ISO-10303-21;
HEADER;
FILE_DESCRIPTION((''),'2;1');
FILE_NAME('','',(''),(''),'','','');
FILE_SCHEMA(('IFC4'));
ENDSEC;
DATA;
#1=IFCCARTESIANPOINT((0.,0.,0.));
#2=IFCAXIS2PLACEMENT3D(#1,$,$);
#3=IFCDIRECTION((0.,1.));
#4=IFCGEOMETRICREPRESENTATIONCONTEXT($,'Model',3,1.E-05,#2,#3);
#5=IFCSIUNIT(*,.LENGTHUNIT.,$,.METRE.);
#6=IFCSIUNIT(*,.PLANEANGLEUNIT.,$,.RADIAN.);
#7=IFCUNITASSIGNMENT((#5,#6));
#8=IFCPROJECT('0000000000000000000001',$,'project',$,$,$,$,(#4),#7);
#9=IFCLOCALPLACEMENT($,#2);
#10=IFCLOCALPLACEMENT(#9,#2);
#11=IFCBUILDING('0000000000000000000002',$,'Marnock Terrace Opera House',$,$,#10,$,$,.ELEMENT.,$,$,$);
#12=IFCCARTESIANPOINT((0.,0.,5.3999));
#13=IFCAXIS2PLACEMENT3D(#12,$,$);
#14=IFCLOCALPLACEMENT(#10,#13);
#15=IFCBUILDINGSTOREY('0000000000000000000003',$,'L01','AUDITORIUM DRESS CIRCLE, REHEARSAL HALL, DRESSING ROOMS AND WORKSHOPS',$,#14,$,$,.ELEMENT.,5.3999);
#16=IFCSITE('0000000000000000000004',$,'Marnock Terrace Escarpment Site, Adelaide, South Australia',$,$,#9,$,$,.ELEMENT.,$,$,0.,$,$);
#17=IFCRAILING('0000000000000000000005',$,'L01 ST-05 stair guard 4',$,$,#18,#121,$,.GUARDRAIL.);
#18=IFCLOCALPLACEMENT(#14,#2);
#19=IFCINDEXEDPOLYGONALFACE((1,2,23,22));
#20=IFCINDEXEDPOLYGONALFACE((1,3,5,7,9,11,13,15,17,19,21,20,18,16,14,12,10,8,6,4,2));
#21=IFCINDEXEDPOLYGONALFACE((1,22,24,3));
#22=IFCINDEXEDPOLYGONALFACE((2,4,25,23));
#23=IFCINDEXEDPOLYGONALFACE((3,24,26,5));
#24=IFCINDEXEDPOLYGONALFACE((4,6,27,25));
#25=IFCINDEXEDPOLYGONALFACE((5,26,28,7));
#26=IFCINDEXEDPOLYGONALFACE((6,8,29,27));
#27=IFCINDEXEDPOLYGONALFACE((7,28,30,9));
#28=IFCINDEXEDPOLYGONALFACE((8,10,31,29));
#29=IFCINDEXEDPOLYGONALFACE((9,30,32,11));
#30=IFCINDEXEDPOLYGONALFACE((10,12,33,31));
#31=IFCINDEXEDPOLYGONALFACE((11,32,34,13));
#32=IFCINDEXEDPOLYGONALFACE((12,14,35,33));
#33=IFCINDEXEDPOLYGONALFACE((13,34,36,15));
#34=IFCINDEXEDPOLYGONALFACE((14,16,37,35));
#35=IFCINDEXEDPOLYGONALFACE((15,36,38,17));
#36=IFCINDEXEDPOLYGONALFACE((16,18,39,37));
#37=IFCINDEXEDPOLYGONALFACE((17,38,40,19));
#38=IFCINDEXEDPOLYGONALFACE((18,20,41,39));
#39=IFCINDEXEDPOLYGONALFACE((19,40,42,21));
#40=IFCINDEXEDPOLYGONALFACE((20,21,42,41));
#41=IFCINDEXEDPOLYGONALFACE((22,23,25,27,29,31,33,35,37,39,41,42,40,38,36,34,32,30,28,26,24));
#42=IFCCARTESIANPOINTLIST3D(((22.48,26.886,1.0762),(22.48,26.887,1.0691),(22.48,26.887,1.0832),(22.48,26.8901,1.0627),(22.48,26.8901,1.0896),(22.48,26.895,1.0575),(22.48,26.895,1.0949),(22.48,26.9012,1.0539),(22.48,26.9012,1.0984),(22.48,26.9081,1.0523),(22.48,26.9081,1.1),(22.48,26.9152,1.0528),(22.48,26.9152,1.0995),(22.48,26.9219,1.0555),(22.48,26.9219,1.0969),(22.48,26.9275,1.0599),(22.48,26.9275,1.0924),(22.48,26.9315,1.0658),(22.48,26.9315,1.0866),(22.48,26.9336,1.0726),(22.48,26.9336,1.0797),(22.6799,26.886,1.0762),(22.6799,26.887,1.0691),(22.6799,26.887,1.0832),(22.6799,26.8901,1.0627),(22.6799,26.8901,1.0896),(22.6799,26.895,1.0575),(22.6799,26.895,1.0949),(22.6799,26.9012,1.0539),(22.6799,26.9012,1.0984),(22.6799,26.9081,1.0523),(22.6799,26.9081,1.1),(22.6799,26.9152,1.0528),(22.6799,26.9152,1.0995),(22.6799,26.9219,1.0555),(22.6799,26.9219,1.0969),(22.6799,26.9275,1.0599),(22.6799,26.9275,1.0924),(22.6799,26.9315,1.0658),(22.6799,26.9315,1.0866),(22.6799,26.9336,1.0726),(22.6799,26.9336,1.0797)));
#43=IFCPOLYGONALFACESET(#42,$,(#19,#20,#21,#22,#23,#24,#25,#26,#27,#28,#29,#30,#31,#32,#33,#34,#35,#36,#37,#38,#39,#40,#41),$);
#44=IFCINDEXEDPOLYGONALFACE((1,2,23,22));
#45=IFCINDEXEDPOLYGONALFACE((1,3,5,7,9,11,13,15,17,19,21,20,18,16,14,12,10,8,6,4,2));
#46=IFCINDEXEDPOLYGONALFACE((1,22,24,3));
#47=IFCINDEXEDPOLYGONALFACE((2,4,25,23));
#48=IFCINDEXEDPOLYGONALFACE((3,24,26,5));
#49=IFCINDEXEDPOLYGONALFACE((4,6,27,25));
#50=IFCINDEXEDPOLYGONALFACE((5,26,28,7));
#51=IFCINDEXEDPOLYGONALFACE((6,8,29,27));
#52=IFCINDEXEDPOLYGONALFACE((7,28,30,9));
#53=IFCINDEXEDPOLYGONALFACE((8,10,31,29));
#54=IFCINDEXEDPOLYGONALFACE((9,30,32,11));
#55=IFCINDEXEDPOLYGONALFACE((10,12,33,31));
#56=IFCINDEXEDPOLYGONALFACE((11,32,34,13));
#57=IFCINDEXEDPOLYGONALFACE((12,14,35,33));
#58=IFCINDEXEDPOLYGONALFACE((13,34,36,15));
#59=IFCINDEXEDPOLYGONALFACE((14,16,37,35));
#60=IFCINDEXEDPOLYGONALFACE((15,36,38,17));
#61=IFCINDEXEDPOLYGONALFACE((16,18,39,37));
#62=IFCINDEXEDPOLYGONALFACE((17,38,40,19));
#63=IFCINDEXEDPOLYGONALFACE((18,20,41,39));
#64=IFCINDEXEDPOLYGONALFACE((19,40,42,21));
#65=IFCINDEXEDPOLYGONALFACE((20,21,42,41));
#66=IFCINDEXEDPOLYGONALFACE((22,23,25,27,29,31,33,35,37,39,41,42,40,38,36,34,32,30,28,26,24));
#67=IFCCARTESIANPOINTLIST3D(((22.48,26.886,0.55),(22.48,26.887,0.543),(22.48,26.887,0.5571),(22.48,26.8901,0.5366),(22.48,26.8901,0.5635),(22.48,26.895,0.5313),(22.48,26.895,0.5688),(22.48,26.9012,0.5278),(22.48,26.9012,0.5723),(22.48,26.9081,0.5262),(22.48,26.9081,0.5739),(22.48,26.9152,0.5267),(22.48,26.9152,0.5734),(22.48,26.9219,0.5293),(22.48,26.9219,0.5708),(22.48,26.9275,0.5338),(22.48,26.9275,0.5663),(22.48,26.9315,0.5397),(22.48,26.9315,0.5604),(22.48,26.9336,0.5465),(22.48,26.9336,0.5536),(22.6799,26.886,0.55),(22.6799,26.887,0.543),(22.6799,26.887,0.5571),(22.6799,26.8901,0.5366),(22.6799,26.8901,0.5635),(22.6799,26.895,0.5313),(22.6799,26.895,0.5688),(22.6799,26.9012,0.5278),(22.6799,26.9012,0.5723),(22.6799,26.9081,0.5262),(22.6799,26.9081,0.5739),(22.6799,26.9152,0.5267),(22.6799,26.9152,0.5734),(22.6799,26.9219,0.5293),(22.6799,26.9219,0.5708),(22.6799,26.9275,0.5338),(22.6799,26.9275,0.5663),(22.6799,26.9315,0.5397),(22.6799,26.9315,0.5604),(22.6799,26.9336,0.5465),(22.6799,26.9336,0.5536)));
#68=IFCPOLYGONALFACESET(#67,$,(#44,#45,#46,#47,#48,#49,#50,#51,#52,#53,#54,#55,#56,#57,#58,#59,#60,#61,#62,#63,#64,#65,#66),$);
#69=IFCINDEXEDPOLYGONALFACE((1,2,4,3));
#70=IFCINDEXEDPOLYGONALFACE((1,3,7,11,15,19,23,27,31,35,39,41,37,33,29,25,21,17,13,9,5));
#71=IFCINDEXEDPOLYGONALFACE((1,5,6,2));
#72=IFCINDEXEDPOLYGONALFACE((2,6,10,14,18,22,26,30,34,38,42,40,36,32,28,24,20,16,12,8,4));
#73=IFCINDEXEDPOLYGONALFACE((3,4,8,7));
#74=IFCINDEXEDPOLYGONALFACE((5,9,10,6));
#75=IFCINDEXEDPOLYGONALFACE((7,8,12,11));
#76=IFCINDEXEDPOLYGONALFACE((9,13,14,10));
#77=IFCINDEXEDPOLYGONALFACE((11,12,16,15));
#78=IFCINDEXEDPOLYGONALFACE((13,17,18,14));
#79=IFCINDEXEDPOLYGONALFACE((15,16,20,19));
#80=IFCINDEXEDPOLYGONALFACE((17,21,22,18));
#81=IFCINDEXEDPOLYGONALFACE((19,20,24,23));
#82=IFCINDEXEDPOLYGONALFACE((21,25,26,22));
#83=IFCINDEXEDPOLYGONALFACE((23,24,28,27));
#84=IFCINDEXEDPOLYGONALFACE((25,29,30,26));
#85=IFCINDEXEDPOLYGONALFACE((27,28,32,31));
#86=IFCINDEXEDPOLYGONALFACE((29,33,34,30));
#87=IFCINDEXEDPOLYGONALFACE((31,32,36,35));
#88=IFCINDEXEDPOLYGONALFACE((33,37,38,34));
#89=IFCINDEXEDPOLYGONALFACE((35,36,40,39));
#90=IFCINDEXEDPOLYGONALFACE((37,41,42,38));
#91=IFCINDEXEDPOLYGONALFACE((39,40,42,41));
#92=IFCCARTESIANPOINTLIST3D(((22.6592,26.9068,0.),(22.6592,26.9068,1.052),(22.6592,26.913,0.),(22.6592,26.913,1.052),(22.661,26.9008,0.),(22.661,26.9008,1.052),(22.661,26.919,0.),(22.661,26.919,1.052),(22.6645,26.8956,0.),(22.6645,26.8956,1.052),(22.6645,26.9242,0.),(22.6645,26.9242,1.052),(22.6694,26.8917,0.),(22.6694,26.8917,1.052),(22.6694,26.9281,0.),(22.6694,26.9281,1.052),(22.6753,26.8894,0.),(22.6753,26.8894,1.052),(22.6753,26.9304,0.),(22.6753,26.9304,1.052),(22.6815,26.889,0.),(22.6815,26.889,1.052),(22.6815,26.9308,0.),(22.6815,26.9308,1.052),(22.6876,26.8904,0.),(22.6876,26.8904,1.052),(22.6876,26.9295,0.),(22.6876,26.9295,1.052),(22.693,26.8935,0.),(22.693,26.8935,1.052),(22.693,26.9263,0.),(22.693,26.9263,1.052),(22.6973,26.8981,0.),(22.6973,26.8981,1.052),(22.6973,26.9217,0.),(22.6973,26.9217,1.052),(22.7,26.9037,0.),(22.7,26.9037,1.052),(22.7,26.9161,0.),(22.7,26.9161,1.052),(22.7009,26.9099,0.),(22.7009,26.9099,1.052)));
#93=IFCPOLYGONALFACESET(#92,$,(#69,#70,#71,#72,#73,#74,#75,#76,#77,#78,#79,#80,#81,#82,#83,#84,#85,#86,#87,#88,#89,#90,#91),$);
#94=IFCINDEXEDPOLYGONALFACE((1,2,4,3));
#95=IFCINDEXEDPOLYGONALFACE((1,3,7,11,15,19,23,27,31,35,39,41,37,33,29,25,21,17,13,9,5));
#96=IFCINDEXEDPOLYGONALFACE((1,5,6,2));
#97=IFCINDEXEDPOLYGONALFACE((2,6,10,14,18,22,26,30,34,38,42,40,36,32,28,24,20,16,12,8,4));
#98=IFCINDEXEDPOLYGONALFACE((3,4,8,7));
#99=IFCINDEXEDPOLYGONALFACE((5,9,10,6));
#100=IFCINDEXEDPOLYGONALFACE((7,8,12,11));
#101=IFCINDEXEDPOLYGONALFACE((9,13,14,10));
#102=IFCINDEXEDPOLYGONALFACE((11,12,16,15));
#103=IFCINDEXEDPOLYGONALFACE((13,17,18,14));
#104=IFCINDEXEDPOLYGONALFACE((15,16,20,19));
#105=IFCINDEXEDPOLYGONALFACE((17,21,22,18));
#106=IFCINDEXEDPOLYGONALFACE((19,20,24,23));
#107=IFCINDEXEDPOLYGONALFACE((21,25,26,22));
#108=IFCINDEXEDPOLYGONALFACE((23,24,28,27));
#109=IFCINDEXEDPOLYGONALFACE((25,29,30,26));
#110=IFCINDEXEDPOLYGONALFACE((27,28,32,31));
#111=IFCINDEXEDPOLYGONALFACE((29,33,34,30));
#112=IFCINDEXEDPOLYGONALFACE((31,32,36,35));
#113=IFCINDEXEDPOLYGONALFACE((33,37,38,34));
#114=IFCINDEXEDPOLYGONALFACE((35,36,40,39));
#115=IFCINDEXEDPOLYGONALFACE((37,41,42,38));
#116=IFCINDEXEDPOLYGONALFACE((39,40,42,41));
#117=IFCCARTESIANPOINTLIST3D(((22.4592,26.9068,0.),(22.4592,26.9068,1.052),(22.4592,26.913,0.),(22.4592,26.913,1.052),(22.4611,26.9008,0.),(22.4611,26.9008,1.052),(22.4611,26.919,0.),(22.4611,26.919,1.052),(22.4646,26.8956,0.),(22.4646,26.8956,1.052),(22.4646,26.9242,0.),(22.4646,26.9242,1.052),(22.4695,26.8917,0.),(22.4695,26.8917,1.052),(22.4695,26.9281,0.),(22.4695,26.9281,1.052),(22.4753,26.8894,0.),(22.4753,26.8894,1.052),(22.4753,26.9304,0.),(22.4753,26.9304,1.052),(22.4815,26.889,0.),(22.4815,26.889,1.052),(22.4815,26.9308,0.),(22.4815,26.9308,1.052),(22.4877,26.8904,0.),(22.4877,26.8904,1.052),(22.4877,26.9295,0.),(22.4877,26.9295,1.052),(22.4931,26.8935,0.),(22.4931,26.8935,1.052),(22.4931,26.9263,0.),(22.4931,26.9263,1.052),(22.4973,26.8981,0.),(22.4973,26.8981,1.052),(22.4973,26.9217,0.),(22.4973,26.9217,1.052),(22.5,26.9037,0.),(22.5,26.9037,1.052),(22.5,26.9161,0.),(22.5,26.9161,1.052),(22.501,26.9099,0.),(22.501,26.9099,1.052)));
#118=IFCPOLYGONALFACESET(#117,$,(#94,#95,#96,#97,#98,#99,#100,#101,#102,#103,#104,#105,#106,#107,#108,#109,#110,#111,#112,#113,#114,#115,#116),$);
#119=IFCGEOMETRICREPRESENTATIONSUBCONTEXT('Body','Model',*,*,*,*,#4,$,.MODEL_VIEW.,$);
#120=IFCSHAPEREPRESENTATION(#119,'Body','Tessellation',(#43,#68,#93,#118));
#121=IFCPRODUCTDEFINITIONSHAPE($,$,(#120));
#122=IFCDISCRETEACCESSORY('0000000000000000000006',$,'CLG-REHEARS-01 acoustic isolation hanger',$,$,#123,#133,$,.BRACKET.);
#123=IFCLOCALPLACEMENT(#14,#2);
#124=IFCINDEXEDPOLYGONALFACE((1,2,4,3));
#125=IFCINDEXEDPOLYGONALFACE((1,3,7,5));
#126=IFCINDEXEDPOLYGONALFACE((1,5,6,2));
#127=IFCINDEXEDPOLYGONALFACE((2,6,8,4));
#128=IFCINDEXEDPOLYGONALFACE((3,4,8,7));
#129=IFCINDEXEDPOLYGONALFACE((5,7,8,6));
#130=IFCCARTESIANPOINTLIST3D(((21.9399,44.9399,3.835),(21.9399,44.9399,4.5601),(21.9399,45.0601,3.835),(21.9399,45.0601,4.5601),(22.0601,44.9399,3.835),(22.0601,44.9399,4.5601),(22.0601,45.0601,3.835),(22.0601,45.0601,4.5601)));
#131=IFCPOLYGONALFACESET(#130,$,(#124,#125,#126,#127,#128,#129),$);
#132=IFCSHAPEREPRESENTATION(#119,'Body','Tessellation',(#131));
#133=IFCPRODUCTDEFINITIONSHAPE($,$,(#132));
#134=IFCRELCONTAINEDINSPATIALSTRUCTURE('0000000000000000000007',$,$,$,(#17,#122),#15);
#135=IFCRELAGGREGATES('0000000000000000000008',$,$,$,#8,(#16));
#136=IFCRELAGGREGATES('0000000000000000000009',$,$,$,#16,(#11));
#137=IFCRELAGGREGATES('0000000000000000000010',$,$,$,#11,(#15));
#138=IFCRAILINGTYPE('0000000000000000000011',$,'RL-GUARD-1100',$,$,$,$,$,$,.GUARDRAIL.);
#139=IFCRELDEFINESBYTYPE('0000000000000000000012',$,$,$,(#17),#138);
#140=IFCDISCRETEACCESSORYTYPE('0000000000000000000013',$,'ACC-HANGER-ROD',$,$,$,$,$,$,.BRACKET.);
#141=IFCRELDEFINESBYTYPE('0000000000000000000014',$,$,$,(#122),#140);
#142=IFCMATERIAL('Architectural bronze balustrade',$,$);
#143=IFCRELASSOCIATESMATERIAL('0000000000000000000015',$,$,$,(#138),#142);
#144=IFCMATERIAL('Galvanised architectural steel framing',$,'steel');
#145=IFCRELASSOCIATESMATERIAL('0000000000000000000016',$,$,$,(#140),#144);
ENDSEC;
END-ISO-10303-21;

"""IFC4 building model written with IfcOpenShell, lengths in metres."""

from ifc_helpers import new_model, si_unit, direction, frame, origin, origin_2d, place, context, subcontext, project, spatial, rectangle, circle, extrude, material, type_object, element, save


model = new_model("IFC4")

# Units and contexts
model_context = context("Model", 3, precision=1e-05, world=origin(), true_north=direction((0.0, 1.0)))
body_context = subcontext(model_context, "Body", "Model", "MODEL_VIEW")
ifc_project = project(units=[si_unit("LENGTHUNIT", "METRE"), si_unit("PLANEANGLEUNIT", "RADIAN")], contexts=[model_context])

# Site, building, storey
site_placement = place(None, origin())
site = spatial("IfcSite", under=ifc_project, at=site_placement, Name="Marnock Terrace Escarpment Site, Adelaide, South Australia", CompositionType="ELEMENT", RefElevation=0.0)
building_placement = place(site_placement, origin())
building = spatial("IfcBuilding", under=site, at=building_placement, Name="Marnock Terrace Opera House", CompositionType="ELEMENT")
storey_placement = place(building_placement, frame((0.0, 0.0, 5.3999)))
storey = spatial("IfcBuildingStorey", under=building, at=storey_placement, Name="L01", Description="AUDITORIUM DRESS CIRCLE, REHEARSAL HALL, DRESSING ROOMS AND WORKSHOPS", CompositionType="ELEMENT", Elevation=5.3999)

# Railing
ifc_material_1 = material(Name="Architectural bronze balustrade")
railing_type_1 = type_object("IfcRailingType", Name="RL-GUARD-1100", PredefinedType="GUARDRAIL", material=ifc_material_1)
railing_1_placement = place(storey_placement, frame((22.6799, 26.9099, 0.0)))
element("IfcRailing", 1, at=railing_1_placement, inside=storey, type_object=railing_type_1, Name="L01 ST-05 stair guard 4", PredefinedType="GUARDRAIL", context=body_context, shape_type="SweptSolid", body=[
    extrude(circle(Radius=0.0239, at=origin_2d()), frame((0.0, 0.0, 1.0762), z_axis=(-1.0, 0.0, 0.0), x_axis=(0.0, -1.0, 0.0)), (0.0, 0.0, 1.0), 0.2),
    extrude(circle(Radius=0.0239, at=origin_2d()), frame((0.0, 0.0, 0.55), z_axis=(-1.0, 0.0, 0.0), x_axis=(0.0, -1.0, 0.0)), (0.0, 0.0, 1.0), 0.2),
    extrude(circle(Radius=0.021, at=origin_2d()), origin(), (0.0, 0.0, 1.0), 1.052),
    extrude(circle(Radius=0.021, at=origin_2d()), frame((-0.2, 0.0, 0.0)), (0.0, 0.0, 1.0), 1.052),
])

# Discrete accessory
ifc_material_2 = material(Name="Galvanised architectural steel framing", Category="steel")
discrete_accessory_type = type_object("IfcDiscreteAccessoryType", Name="ACC-HANGER-ROD", PredefinedType="BRACKET", material=ifc_material_2)
discrete_accessory_placement = place(storey_placement, frame((22.0, 45.0, 3.835), z_axis=(0.0, 0.0, 1.0), x_axis=(1.0, 0.0, 0.0)))
element("IfcDiscreteAccessory", 2, at=discrete_accessory_placement, inside=storey, type_object=discrete_accessory_type, Name="CLG-REHEARS-01 acoustic isolation hanger", PredefinedType="BRACKET", context=body_context, shape_type="SweptSolid", body=[
    extrude(rectangle(XDim=0.1201, YDim=0.1201, at=origin_2d()), origin(), (0.0, 0.0, 1.0), 0.7251),
])

save(model, "model.ifc")
